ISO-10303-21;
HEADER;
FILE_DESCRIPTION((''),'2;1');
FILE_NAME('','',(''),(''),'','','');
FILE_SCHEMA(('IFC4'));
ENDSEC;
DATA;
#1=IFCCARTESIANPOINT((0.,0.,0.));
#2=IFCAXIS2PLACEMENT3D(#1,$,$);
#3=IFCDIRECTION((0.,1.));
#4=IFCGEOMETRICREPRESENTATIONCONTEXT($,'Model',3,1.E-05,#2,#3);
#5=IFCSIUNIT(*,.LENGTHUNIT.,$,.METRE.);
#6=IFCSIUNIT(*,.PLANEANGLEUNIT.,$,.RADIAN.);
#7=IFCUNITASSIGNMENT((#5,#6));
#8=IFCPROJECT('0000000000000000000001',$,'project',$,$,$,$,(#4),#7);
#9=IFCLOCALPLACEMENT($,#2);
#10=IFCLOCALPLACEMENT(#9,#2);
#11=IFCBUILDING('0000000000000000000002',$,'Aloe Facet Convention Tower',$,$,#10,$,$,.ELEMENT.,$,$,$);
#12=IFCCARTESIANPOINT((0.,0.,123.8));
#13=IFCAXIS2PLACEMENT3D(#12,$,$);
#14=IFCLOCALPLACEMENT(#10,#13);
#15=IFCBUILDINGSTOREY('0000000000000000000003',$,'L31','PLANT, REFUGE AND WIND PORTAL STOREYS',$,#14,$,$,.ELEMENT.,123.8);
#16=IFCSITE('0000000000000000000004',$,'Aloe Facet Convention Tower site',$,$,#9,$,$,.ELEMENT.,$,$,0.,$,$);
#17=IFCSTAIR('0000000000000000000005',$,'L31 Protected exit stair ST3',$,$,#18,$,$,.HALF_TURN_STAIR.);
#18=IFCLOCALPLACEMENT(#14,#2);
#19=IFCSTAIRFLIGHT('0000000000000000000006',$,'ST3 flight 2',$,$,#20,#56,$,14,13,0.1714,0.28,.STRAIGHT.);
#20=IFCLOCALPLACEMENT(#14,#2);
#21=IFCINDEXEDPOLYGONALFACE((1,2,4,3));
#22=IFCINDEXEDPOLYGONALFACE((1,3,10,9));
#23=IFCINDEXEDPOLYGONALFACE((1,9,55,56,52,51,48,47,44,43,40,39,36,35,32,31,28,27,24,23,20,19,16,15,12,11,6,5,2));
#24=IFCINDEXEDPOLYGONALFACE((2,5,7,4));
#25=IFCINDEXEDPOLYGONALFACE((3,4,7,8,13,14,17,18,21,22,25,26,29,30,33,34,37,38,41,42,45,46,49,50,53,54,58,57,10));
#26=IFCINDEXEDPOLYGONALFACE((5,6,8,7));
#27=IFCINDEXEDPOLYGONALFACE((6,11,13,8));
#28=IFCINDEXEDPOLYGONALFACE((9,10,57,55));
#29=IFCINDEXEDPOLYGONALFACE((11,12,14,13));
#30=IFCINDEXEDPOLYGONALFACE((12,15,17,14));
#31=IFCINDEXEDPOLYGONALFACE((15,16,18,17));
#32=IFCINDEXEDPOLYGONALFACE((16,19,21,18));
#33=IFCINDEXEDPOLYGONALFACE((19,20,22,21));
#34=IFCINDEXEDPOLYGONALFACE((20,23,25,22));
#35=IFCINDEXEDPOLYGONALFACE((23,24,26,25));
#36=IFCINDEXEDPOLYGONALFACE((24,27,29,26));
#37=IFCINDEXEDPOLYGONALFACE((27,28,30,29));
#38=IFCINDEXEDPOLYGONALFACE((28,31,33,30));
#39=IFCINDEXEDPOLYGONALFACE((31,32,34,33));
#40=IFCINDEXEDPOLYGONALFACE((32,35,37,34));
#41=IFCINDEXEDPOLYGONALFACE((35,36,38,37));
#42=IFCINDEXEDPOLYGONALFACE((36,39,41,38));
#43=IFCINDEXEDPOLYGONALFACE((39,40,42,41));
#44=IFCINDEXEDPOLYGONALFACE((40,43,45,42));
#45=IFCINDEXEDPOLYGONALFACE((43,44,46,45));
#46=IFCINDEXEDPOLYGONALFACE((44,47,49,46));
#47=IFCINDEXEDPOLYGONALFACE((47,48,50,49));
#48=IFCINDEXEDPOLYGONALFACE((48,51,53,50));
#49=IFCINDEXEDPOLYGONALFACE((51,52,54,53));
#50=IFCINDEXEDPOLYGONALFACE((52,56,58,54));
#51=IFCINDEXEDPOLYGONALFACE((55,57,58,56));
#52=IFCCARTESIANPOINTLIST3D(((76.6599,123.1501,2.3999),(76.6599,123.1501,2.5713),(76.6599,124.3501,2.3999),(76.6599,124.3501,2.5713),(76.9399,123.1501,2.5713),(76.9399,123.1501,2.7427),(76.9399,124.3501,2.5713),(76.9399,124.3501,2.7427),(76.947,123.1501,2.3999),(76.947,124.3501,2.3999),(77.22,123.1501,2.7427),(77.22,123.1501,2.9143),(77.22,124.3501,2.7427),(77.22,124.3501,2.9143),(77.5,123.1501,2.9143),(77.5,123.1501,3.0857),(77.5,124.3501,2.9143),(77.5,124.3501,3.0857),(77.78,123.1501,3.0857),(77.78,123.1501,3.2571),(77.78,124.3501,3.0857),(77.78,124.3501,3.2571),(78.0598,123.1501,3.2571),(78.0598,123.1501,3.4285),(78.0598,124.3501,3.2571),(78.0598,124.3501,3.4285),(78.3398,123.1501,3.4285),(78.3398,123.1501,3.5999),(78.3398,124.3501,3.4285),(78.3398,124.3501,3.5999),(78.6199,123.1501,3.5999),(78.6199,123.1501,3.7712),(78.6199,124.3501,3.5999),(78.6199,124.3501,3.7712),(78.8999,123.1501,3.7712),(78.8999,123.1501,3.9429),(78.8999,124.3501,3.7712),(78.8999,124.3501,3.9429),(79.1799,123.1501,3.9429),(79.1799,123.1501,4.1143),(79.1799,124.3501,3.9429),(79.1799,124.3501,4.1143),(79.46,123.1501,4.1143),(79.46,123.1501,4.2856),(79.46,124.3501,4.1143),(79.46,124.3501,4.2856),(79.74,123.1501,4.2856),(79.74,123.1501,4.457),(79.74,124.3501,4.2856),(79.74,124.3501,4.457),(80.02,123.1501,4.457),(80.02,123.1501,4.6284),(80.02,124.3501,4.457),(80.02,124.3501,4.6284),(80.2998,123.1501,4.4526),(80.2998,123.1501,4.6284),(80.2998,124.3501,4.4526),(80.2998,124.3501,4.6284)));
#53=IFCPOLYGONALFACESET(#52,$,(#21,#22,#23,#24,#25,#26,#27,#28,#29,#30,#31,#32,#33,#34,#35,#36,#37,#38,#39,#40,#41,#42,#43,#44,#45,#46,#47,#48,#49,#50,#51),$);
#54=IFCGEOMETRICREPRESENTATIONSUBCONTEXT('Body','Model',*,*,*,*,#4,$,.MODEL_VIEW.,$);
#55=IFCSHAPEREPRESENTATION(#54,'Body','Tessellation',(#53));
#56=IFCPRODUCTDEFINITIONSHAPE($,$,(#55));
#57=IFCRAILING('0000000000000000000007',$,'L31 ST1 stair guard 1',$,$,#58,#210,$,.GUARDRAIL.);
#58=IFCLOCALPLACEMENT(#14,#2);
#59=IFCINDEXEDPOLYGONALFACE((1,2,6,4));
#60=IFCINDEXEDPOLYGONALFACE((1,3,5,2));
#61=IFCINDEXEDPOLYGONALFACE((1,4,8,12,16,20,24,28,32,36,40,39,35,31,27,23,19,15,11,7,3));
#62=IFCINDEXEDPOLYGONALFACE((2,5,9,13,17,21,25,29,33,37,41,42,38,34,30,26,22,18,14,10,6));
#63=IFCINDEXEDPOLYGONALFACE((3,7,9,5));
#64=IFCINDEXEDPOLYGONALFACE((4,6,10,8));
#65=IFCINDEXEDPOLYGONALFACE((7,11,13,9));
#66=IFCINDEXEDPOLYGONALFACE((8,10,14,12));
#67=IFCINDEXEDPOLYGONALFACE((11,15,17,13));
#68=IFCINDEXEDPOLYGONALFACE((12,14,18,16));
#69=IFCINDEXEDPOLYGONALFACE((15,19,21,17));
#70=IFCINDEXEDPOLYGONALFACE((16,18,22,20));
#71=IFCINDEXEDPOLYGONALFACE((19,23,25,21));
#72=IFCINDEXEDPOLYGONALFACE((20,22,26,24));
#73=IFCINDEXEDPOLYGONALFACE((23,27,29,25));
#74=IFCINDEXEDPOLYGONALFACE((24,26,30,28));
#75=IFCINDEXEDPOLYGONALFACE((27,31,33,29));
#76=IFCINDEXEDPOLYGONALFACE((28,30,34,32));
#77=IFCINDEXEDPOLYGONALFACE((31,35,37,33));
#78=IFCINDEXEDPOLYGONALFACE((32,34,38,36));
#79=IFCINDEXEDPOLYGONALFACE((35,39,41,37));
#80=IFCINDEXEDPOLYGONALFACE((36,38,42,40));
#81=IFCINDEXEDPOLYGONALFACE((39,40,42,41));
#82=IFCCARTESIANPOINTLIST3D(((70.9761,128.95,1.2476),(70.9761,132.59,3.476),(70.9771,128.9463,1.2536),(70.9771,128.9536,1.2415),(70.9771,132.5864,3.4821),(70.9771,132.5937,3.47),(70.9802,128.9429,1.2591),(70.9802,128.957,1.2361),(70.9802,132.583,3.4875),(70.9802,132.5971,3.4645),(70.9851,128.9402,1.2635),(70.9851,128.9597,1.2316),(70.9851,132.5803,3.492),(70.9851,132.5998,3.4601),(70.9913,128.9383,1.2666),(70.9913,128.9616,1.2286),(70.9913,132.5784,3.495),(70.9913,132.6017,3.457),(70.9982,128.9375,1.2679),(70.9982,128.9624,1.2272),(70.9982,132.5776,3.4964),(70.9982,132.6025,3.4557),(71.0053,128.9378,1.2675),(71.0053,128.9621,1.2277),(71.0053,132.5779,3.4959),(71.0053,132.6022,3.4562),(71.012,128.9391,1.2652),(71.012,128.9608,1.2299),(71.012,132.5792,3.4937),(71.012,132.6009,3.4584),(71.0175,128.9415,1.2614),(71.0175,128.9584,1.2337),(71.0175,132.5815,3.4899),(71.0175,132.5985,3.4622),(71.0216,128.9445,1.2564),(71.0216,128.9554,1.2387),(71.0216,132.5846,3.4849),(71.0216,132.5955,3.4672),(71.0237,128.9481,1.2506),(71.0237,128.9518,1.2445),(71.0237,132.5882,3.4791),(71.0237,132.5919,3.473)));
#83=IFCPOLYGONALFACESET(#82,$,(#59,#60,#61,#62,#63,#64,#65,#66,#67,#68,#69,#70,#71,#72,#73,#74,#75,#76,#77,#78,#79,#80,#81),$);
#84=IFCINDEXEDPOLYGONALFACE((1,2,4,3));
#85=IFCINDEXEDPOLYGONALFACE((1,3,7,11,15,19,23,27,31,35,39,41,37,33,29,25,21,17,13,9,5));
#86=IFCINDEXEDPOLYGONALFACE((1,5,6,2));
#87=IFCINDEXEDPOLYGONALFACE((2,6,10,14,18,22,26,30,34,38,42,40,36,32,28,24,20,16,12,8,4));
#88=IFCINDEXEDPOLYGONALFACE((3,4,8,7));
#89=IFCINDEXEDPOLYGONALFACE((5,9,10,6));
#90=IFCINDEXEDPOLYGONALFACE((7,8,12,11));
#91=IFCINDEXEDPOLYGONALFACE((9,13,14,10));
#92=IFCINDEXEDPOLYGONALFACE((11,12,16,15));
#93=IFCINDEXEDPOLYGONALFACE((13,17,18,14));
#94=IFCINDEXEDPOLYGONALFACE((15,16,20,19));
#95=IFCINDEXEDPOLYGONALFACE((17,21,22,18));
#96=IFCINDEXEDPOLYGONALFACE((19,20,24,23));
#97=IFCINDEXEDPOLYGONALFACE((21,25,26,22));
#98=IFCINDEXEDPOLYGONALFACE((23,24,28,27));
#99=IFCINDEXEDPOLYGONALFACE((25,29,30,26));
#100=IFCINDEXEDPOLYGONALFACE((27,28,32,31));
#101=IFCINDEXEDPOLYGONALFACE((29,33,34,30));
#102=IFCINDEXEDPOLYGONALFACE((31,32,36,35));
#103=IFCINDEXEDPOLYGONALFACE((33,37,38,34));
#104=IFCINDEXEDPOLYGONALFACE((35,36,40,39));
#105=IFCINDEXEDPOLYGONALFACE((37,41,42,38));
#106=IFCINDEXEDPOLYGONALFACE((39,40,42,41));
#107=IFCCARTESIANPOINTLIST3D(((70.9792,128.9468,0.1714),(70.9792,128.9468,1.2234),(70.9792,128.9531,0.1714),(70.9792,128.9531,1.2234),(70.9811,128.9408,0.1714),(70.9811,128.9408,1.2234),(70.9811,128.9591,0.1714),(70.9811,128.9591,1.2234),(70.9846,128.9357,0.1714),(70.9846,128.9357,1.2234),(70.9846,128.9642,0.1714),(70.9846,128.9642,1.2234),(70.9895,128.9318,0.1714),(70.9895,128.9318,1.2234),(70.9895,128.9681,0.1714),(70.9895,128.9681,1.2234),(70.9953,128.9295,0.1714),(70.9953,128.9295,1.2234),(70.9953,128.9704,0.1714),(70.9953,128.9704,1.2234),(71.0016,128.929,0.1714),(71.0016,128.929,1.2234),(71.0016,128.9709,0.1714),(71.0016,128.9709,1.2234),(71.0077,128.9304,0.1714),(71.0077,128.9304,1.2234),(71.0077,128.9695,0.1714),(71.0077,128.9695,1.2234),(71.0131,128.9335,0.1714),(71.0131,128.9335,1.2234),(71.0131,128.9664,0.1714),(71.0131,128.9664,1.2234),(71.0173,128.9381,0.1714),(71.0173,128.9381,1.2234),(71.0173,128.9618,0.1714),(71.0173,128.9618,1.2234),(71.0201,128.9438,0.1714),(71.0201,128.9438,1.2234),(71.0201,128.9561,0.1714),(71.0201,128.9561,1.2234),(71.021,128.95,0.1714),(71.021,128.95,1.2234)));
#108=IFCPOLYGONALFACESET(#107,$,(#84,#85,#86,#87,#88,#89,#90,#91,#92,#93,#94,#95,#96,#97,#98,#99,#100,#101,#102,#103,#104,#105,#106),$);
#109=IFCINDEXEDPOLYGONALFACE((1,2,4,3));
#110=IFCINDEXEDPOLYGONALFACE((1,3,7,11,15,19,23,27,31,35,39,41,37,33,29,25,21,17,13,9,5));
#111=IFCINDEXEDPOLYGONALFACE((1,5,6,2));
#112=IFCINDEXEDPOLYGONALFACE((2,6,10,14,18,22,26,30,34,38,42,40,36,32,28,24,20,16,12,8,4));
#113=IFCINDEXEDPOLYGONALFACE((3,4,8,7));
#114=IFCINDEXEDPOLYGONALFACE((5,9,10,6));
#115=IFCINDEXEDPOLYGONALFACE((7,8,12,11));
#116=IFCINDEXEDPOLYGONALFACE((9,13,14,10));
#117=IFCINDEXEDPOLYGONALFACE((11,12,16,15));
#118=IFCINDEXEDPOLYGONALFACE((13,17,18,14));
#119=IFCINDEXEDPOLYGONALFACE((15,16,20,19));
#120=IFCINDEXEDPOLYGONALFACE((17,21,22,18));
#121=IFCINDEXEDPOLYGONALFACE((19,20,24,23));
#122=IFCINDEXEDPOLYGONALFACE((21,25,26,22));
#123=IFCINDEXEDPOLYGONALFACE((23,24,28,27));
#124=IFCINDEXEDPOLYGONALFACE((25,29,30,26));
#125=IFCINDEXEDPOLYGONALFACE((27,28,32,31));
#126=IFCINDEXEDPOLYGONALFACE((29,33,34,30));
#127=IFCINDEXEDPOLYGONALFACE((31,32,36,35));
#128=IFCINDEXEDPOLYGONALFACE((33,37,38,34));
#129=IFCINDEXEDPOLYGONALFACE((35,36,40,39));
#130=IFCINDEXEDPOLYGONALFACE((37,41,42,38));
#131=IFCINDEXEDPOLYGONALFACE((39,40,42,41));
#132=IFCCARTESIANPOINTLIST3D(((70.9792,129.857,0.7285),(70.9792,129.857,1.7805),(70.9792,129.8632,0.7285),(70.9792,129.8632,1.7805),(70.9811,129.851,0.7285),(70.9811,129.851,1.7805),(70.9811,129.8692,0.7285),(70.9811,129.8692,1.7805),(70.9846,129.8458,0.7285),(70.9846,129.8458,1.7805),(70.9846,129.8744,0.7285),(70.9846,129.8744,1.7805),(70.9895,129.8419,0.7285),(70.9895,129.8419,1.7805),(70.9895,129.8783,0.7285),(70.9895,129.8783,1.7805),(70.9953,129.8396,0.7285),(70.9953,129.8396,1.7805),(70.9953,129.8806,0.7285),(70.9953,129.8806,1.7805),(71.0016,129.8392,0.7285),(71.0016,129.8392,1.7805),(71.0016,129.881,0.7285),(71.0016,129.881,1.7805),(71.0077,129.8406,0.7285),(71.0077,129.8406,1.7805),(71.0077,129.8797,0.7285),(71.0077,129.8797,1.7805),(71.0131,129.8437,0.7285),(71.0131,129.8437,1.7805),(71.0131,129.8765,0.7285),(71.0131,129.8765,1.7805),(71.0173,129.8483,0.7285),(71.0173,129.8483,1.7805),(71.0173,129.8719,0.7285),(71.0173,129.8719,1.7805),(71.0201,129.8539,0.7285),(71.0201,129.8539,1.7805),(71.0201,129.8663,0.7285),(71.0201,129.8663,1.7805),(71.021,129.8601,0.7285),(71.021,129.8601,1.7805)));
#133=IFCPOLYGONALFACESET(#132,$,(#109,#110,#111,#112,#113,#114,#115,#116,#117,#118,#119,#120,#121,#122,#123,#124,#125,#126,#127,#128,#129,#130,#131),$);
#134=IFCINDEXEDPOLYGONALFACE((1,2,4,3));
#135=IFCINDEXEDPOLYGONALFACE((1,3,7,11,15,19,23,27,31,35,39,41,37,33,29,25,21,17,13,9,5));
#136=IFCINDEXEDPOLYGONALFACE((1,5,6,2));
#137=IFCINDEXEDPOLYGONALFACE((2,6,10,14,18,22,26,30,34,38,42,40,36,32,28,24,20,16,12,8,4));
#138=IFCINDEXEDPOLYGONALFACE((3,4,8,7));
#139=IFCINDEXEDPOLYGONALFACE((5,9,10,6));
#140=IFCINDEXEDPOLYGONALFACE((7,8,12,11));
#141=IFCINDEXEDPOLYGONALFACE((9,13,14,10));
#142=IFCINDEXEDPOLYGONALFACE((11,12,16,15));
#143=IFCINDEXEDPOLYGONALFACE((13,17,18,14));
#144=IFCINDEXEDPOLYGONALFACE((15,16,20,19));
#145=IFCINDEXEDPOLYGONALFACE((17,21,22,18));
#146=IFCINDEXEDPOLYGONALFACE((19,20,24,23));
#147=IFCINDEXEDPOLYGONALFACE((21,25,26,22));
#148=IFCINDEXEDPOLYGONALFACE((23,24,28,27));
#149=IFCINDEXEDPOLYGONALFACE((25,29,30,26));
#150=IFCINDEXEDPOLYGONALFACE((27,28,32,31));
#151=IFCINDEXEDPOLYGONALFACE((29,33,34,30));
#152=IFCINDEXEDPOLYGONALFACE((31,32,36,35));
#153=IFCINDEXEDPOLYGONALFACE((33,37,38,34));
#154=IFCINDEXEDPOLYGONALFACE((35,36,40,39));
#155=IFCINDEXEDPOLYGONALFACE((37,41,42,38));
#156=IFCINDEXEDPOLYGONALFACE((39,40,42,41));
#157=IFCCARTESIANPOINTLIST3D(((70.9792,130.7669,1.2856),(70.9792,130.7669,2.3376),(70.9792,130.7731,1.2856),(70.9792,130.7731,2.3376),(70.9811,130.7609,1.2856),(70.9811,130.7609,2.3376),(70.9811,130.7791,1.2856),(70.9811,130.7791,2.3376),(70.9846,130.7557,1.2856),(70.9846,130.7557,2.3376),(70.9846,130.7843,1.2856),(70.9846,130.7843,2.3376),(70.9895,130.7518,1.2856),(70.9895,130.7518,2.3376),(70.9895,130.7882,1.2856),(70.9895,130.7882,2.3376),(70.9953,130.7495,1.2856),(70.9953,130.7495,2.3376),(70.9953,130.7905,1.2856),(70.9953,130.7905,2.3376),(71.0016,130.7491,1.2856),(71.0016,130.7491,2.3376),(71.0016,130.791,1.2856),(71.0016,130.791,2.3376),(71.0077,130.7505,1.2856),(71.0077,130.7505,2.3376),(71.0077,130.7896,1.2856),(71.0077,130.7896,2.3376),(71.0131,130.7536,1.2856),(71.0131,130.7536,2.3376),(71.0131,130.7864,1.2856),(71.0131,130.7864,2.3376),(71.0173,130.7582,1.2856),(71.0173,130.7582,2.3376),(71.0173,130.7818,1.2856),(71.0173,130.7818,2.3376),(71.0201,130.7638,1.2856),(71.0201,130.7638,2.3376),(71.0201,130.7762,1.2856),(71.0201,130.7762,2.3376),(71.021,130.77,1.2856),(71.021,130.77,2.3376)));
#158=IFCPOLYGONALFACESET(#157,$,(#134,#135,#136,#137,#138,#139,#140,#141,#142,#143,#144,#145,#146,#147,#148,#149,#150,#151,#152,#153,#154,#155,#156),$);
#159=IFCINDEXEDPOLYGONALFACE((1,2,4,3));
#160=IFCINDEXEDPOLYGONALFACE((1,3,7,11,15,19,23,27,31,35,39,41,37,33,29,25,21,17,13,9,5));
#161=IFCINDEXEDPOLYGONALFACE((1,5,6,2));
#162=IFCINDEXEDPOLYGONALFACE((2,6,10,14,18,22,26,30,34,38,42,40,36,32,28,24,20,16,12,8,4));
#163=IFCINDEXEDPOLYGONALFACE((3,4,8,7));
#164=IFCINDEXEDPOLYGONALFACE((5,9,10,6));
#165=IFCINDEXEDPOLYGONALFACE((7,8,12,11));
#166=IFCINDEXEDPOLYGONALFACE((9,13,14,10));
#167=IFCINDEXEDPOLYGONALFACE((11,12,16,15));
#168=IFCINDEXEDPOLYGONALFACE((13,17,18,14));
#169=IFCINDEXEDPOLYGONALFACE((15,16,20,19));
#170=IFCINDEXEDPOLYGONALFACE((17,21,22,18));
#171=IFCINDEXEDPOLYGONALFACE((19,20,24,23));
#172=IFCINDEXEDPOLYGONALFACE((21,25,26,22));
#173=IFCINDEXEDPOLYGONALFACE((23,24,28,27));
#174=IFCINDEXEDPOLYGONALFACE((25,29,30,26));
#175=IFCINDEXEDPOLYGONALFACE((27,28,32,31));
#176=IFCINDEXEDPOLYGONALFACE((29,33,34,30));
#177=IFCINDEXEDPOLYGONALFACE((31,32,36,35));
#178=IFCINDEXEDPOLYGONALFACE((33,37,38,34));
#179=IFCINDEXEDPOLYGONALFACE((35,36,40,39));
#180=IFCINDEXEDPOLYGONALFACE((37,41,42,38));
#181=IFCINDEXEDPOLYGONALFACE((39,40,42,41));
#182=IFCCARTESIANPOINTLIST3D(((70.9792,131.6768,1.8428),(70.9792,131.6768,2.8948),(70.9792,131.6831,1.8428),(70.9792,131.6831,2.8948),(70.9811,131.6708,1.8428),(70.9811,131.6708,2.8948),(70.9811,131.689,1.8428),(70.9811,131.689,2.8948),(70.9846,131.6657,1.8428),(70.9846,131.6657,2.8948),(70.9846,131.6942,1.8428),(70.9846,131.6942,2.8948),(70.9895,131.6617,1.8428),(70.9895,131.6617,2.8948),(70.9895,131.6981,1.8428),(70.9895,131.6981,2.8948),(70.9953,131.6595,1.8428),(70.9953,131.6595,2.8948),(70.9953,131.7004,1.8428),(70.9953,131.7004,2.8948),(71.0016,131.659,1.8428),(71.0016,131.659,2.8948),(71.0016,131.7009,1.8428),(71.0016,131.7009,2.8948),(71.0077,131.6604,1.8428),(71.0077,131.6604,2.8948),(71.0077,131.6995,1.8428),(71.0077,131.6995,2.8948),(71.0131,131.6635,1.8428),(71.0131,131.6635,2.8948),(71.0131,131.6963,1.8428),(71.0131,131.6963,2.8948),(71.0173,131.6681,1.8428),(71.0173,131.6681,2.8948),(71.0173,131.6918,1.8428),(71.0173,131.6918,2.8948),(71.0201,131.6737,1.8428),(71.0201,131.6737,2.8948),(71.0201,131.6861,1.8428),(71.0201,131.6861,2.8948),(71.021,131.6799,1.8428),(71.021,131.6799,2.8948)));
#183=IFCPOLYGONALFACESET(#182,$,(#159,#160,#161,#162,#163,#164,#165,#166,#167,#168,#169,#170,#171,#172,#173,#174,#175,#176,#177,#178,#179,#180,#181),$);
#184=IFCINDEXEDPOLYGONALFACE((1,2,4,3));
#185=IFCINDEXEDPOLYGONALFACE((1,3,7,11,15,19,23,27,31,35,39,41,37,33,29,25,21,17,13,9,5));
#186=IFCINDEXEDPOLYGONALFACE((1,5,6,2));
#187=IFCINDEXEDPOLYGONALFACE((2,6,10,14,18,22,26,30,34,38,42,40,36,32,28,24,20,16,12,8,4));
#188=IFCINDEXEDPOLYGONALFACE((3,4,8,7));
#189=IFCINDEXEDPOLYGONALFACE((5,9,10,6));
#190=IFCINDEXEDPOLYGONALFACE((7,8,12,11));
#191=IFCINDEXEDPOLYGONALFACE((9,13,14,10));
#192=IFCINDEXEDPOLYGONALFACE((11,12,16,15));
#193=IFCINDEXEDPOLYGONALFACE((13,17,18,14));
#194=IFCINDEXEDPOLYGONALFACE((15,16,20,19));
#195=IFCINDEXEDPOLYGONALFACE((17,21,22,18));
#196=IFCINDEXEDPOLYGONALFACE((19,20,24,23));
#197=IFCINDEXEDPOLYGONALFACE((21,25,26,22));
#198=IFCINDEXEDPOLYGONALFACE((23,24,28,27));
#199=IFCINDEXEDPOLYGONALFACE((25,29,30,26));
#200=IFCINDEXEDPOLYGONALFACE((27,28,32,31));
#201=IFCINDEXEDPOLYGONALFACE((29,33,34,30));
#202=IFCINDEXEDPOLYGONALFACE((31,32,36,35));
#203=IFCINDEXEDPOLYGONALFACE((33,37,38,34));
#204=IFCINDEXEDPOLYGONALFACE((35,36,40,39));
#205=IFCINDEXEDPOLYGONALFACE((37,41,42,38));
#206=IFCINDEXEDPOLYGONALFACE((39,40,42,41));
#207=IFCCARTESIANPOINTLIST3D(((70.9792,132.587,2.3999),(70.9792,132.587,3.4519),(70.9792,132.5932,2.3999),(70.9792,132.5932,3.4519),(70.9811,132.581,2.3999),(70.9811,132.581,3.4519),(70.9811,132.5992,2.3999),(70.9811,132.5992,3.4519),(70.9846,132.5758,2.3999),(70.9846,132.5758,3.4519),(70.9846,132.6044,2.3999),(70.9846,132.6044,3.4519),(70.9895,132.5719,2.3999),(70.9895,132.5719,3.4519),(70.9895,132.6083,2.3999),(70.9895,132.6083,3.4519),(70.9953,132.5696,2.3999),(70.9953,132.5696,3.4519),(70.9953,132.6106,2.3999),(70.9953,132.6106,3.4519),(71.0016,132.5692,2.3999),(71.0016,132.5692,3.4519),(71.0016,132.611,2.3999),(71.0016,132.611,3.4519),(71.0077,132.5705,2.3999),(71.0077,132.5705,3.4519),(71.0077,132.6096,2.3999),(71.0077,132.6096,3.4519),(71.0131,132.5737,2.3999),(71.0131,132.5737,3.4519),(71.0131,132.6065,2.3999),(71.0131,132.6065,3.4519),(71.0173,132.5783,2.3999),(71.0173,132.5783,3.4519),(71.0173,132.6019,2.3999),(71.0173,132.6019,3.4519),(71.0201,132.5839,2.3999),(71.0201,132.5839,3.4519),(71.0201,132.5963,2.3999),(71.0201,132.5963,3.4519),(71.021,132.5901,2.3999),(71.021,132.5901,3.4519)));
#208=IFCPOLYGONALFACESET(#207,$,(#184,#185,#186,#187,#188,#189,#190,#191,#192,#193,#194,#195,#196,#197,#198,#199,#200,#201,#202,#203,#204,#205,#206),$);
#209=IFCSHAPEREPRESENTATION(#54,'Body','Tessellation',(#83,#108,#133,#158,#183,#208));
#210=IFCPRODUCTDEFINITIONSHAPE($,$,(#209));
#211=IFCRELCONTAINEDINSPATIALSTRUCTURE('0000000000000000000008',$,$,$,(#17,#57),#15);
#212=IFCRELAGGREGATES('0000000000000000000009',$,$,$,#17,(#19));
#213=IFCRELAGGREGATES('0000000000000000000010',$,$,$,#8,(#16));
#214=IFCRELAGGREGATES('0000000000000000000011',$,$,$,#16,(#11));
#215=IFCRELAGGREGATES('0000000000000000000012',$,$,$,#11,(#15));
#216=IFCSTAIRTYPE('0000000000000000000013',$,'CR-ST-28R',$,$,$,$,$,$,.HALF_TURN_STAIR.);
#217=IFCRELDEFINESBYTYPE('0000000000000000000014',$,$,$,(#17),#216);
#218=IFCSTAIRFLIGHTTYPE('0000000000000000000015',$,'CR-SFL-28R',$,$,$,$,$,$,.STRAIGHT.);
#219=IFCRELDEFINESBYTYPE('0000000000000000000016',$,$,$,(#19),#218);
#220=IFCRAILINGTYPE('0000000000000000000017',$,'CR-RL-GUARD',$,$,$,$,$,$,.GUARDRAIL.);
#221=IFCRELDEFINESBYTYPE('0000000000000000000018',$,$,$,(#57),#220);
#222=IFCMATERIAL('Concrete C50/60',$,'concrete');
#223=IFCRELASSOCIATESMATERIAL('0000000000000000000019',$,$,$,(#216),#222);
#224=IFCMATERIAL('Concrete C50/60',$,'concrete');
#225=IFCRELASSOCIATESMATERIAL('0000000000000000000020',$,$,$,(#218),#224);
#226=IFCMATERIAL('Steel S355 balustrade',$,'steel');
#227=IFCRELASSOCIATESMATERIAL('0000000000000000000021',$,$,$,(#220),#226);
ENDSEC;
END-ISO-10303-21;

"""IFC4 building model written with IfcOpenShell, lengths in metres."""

from ifc_helpers import new_model, si_unit, direction, frame, origin, origin_2d, place, context, subcontext, project, spatial, polyline, circle, outline, extrude, material, type_object, element, aggregate, save


model = new_model("IFC4")

# Units and contexts
model_context = context("Model", 3, precision=1e-05, world=origin(), true_north=direction((0.0, 1.0)))
body_context = subcontext(model_context, "Body", "Model", "MODEL_VIEW")
ifc_project = project(units=[si_unit("LENGTHUNIT", "METRE"), si_unit("PLANEANGLEUNIT", "RADIAN")], contexts=[model_context])

# Site, building, storey
site_placement = place(None, origin())
site = spatial("IfcSite", under=ifc_project, at=site_placement, Name="Aloe Facet Convention Tower site", CompositionType="ELEMENT", RefElevation=0.0)
building_placement = place(site_placement, origin())
building = spatial("IfcBuilding", under=site, at=building_placement, Name="Aloe Facet Convention Tower", CompositionType="ELEMENT")
storey_placement = place(building_placement, frame((0.0, 0.0, 123.8)))
storey = spatial("IfcBuildingStorey", under=building, at=storey_placement, Name="L31", Description="PLANT, REFUGE AND WIND PORTAL STOREYS", CompositionType="ELEMENT", Elevation=123.8)

# Stair, stair flight
ifc_material_1 = material(Name="Concrete C50/60", Category="concrete")
stair_type = type_object("IfcStairType", Name="CR-ST-28R", PredefinedType="HALF_TURN_STAIR", material=ifc_material_1)
ifc_material_2 = material(Name="Concrete C50/60", Category="concrete")
stair_flight_type = type_object("IfcStairFlightType", Name="CR-SFL-28R", PredefinedType="STRAIGHT", material=ifc_material_2)
stair_1_placement = place(storey_placement, origin())
stair_1 = element("IfcStair", 1, at=stair_1_placement, inside=storey, type_object=stair_type, Name="L31 Protected exit stair ST3", PredefinedType="HALF_TURN_STAIR")
stair_flight_1_placement = place(storey_placement, frame((76.6599, 123.75, 2.3999), z_axis=(0.0, 0.0, 1.0), x_axis=(1.0, 0.0, 0.0)))
stair_flight_1 = element("IfcStairFlight", 2, at=stair_flight_1_placement, type_object=stair_flight_type, Name="ST3 flight 2", NumberOfRisers=14, NumberOfTreads=13, PredefinedType="STRAIGHT", RiserHeight=0.1714, TreadLength=0.28, context=body_context, shape_type="SweptSolid", body=[
    extrude(outline(polyline([(0.0, 0.0), (0.0, 0.1714), (0.28, 0.1714), (0.28, 0.3428), (0.5601, 0.3428), (0.5601, 0.5144), (0.8401, 0.5144), (0.8401, 0.6858), (1.1201, 0.6858), (1.1201, 0.8572), (1.3999, 0.8572), (1.3999, 1.0286), (1.6799, 1.0286), (1.6799, 1.2), (1.96, 1.2), (1.96, 1.3713), (2.24, 1.3713), (2.24, 1.543), (2.52, 1.543), (2.52, 1.7144), (2.8, 1.7144), (2.8, 1.8857), (3.0801, 1.8857), (3.0801, 2.0571), (3.3601, 2.0571), (3.3601, 2.2285), (3.6399, 2.2285), (3.6399, 2.3999), (3.6399, 2.0527), (0.2871, 0.0), (0.0, 0.0)])), frame((0.0, 0.6001, 0.0), z_axis=(0.0, -1.0, 0.0), x_axis=(1.0, 0.0, 0.0)), (0.0, 0.0, 1.0), 1.2),
])
aggregate(stair_1, [stair_flight_1])

# Railing
ifc_material_3 = material(Name="Steel S355 balustrade", Category="steel")
railing_type_1 = type_object("IfcRailingType", Name="CR-RL-GUARD", PredefinedType="GUARDRAIL", material=ifc_material_3)
railing_1_placement = place(storey_placement, frame((71.0, 128.95, 0.1714)))
element("IfcRailing", 3, at=railing_1_placement, inside=storey, type_object=railing_type_1, Name="L31 ST1 stair guard 1", PredefinedType="GUARDRAIL", context=body_context, shape_type="SweptSolid", body=[
    extrude(circle(Radius=0.0239, at=origin_2d()), frame((0.0, 0.0, 1.0762), z_axis=(0.0, 0.852866, 0.52213), x_axis=(-1.0, 0.0, 0.0)), (0.0, 0.0, 1.0), 4.2681),
    extrude(circle(Radius=0.021, at=origin_2d()), origin(), (0.0, 0.0, 1.0), 1.052),
    extrude(circle(Radius=0.021, at=origin_2d()), frame((0.0, 0.9102, 0.5571)), (0.0, 0.0, 1.0), 1.052),
    extrude(circle(Radius=0.021, at=origin_2d()), frame((0.0, 1.8201, 1.1143)), (0.0, 0.0, 1.0), 1.052),
    extrude(circle(Radius=0.021, at=origin_2d()), frame((0.0, 2.73, 1.6714)), (0.0, 0.0, 1.0), 1.052),
    extrude(circle(Radius=0.021, at=origin_2d()), frame((0.0, 3.6401, 2.2285)), (0.0, 0.0, 1.0), 1.052),
])

save(model, "model.ifc")
